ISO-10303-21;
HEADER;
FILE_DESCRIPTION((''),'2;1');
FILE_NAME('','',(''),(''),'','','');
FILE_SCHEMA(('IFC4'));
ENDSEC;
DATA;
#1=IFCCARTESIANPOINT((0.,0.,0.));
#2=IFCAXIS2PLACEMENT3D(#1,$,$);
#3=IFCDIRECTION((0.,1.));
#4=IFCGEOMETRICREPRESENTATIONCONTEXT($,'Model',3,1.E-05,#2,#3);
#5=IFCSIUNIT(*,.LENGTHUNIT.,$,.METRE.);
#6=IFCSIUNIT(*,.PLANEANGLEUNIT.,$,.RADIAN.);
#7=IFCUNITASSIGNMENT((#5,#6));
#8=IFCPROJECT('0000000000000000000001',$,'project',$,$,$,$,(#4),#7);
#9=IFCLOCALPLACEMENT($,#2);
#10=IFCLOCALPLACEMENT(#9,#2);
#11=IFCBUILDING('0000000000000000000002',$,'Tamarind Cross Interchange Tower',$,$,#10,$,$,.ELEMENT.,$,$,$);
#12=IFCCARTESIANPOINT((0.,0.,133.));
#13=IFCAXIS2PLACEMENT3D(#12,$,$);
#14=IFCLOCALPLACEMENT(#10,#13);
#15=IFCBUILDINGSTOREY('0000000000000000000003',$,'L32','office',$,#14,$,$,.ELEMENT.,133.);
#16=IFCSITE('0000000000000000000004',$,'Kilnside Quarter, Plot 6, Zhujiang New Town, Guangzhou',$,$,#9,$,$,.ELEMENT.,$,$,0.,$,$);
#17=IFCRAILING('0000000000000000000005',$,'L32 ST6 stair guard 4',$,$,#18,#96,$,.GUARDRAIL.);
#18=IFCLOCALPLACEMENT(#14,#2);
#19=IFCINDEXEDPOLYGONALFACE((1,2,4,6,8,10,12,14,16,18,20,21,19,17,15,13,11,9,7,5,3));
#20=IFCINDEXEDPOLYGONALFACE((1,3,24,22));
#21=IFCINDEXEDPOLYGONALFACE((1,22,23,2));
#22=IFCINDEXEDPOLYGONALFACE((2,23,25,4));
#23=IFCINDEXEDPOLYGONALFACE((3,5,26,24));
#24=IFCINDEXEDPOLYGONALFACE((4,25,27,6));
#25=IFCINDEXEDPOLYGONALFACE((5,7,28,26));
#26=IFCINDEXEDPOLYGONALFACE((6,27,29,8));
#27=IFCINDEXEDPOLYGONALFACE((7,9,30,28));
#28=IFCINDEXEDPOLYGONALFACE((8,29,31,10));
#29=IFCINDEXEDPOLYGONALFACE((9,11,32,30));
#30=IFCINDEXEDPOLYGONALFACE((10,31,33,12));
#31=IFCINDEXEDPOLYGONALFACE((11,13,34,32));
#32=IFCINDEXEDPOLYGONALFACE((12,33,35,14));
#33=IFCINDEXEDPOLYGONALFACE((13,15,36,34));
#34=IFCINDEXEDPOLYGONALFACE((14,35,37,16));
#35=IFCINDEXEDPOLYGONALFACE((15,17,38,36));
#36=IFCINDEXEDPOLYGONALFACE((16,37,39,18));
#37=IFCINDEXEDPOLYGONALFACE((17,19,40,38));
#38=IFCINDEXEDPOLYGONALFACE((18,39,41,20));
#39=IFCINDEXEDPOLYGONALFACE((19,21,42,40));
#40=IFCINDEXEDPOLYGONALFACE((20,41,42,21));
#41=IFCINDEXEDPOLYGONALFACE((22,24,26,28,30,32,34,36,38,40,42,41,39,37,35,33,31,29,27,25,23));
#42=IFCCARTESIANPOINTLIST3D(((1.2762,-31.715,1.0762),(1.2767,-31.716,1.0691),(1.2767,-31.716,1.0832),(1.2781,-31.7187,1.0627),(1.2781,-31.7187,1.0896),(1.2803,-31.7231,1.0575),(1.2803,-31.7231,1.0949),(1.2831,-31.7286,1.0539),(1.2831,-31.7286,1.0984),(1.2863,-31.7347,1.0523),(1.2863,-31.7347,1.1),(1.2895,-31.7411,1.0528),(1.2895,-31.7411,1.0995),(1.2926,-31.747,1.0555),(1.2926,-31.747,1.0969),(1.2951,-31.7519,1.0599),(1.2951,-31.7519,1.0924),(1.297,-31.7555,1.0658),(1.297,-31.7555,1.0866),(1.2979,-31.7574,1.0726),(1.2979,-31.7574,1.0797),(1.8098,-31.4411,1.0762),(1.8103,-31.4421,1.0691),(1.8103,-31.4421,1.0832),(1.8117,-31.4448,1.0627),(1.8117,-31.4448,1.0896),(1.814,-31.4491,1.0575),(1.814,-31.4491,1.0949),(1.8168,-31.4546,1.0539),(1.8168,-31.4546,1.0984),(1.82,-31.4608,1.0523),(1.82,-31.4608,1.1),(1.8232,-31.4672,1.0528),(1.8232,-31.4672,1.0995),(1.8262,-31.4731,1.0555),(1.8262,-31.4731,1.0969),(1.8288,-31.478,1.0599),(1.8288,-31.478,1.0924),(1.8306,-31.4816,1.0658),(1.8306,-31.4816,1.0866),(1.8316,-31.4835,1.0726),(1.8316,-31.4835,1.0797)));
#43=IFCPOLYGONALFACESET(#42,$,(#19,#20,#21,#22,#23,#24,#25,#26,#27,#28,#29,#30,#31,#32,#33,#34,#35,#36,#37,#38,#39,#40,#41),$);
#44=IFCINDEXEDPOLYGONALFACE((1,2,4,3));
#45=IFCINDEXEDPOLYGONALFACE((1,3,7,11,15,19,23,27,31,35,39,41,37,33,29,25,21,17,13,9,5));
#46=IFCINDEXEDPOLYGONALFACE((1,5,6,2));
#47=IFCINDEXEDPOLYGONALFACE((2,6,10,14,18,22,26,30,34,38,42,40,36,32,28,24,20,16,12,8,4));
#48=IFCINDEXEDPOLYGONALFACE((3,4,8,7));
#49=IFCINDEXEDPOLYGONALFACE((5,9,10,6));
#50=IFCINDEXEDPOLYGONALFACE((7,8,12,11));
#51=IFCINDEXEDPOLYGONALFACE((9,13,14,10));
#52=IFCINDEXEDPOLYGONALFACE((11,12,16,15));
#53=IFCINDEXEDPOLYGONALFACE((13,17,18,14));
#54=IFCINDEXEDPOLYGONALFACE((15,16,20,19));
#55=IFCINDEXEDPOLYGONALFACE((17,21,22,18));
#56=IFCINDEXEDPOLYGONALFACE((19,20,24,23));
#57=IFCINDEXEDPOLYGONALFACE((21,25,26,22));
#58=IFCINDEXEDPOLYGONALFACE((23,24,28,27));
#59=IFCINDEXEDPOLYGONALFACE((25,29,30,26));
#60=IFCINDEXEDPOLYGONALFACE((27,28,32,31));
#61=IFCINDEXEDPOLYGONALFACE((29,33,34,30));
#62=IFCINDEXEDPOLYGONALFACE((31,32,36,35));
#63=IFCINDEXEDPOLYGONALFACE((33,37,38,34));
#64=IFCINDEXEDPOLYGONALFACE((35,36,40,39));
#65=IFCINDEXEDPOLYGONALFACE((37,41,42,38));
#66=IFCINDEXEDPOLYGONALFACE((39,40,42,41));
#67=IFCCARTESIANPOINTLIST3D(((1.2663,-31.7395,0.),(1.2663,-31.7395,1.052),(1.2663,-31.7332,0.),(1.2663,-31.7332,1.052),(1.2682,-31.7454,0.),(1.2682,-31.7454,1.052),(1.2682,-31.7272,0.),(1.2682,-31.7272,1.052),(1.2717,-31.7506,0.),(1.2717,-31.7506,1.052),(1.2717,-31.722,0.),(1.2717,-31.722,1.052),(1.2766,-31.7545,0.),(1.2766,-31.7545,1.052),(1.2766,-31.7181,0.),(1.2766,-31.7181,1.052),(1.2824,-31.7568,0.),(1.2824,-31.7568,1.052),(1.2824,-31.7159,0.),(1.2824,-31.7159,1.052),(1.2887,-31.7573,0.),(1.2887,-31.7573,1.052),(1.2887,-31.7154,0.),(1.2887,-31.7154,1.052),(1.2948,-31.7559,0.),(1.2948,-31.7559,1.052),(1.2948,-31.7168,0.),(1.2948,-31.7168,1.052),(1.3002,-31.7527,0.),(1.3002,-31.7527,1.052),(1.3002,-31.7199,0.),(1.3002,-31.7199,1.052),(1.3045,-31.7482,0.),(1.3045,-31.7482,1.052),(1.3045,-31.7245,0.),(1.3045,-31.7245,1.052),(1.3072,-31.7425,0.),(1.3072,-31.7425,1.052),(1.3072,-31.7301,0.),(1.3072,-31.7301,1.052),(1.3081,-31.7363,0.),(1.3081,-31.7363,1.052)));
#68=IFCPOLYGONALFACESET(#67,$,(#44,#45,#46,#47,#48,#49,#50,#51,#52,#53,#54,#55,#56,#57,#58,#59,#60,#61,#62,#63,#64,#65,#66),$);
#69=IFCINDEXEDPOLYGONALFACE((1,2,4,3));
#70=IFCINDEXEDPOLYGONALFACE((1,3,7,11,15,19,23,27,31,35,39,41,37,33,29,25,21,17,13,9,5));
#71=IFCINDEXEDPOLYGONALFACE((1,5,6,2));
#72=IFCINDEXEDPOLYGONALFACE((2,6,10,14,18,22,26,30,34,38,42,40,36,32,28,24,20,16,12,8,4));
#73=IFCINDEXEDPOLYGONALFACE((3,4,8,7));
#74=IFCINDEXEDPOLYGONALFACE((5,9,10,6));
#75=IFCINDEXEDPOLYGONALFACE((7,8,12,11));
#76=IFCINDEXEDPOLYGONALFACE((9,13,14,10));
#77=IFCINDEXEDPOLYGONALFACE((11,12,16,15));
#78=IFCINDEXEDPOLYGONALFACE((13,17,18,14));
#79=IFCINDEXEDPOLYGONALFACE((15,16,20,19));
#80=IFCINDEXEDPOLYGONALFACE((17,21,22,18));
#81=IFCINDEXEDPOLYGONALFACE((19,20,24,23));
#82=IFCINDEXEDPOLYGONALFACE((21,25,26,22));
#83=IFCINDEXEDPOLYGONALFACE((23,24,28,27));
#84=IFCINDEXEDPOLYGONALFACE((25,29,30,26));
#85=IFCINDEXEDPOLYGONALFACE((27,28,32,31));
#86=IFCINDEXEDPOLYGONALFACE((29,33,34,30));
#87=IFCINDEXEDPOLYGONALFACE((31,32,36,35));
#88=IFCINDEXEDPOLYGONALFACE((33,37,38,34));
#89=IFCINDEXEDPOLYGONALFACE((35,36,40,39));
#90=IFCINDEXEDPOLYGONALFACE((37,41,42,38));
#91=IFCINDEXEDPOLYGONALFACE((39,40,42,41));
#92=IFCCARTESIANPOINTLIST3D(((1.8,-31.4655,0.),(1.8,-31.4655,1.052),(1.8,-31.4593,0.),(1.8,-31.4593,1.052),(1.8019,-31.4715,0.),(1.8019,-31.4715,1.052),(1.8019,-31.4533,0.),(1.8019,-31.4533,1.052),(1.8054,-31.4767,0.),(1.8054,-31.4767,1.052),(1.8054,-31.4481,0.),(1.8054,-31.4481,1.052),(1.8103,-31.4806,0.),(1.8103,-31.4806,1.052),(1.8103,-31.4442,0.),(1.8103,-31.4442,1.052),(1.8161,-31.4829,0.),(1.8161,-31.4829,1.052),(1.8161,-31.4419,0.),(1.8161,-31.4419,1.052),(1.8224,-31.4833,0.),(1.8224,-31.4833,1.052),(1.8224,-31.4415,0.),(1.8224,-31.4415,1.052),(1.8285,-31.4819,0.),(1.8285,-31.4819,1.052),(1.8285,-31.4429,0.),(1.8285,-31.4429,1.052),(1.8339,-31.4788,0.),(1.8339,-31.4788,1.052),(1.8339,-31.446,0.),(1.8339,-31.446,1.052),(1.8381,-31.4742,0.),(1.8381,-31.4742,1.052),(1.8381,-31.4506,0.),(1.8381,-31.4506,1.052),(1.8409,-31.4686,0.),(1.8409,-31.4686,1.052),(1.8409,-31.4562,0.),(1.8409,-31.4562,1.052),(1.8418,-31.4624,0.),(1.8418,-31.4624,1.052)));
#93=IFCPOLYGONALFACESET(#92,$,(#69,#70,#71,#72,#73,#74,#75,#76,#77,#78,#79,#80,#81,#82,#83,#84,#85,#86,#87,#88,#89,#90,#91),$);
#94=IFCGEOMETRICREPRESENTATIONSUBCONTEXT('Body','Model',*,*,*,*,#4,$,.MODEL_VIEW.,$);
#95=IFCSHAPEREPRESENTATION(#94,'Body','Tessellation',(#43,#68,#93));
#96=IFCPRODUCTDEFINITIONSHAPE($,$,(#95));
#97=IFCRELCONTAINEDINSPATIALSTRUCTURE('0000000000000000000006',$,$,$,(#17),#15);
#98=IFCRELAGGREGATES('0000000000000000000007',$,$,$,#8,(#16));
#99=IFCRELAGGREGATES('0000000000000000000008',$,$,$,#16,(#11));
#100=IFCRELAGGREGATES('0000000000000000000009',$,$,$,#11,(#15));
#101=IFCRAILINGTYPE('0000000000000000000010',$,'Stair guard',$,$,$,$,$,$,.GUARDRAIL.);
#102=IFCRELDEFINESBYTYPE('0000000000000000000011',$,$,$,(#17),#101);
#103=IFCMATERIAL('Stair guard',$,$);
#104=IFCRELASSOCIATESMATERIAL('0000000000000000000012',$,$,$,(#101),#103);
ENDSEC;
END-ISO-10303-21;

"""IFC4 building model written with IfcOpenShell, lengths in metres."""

from ifc_helpers import new_model, si_unit, direction, frame, origin, origin_2d, place, context, subcontext, project, spatial, circle, extrude, material, type_object, element, save


model = new_model("IFC4")

# Units and contexts
model_context = context("Model", 3, precision=1e-05, world=origin(), true_north=direction((0.0, 1.0)))
body_context = subcontext(model_context, "Body", "Model", "MODEL_VIEW")
ifc_project = project(units=[si_unit("LENGTHUNIT", "METRE"), si_unit("PLANEANGLEUNIT", "RADIAN")], contexts=[model_context])

# Site, building, storey
site_placement = place(None, origin())
site = spatial("IfcSite", under=ifc_project, at=site_placement, Name="Kilnside Quarter, Plot 6, Zhujiang New Town, Guangzhou", CompositionType="ELEMENT", RefElevation=0.0)
building_placement = place(site_placement, origin())
building = spatial("IfcBuilding", under=site, at=building_placement, Name="Tamarind Cross Interchange Tower", CompositionType="ELEMENT")
storey_placement = place(building_placement, frame((0.0, 0.0, 133.0)))
storey = spatial("IfcBuildingStorey", under=building, at=storey_placement, Name="L32", Description="office", CompositionType="ELEMENT", Elevation=133.0)

# Railing
ifc_material_1 = material(Name="Stair guard")
railing_type = type_object("IfcRailingType", Name="Stair guard", PredefinedType="GUARDRAIL", material=ifc_material_1)
railing_1_placement = place(storey_placement, frame((1.2871, -31.7363, 0.0)))
element("IfcRailing", 1, at=railing_1_placement, inside=storey, type_object=railing_type, Name="L32 ST6 stair guard 4", PredefinedType="GUARDRAIL", context=body_context, shape_type="SweptSolid", body=[
    extrude(circle(Radius=0.0239, at=origin_2d()), frame((0.0, 0.0, 1.0762), z_axis=(0.889656, 0.456631, 0.0), x_axis=(-0.456631, 0.889656, 0.0)), (0.0, 0.0, 1.0), 0.5999),
    extrude(circle(Radius=0.021, at=origin_2d()), origin(), (0.0, 0.0, 1.0), 1.052),
    extrude(circle(Radius=0.021, at=origin_2d()), frame((0.5337, 0.2739, 0.0)), (0.0, 0.0, 1.0), 1.052),
])

save(model, "model.ifc")
